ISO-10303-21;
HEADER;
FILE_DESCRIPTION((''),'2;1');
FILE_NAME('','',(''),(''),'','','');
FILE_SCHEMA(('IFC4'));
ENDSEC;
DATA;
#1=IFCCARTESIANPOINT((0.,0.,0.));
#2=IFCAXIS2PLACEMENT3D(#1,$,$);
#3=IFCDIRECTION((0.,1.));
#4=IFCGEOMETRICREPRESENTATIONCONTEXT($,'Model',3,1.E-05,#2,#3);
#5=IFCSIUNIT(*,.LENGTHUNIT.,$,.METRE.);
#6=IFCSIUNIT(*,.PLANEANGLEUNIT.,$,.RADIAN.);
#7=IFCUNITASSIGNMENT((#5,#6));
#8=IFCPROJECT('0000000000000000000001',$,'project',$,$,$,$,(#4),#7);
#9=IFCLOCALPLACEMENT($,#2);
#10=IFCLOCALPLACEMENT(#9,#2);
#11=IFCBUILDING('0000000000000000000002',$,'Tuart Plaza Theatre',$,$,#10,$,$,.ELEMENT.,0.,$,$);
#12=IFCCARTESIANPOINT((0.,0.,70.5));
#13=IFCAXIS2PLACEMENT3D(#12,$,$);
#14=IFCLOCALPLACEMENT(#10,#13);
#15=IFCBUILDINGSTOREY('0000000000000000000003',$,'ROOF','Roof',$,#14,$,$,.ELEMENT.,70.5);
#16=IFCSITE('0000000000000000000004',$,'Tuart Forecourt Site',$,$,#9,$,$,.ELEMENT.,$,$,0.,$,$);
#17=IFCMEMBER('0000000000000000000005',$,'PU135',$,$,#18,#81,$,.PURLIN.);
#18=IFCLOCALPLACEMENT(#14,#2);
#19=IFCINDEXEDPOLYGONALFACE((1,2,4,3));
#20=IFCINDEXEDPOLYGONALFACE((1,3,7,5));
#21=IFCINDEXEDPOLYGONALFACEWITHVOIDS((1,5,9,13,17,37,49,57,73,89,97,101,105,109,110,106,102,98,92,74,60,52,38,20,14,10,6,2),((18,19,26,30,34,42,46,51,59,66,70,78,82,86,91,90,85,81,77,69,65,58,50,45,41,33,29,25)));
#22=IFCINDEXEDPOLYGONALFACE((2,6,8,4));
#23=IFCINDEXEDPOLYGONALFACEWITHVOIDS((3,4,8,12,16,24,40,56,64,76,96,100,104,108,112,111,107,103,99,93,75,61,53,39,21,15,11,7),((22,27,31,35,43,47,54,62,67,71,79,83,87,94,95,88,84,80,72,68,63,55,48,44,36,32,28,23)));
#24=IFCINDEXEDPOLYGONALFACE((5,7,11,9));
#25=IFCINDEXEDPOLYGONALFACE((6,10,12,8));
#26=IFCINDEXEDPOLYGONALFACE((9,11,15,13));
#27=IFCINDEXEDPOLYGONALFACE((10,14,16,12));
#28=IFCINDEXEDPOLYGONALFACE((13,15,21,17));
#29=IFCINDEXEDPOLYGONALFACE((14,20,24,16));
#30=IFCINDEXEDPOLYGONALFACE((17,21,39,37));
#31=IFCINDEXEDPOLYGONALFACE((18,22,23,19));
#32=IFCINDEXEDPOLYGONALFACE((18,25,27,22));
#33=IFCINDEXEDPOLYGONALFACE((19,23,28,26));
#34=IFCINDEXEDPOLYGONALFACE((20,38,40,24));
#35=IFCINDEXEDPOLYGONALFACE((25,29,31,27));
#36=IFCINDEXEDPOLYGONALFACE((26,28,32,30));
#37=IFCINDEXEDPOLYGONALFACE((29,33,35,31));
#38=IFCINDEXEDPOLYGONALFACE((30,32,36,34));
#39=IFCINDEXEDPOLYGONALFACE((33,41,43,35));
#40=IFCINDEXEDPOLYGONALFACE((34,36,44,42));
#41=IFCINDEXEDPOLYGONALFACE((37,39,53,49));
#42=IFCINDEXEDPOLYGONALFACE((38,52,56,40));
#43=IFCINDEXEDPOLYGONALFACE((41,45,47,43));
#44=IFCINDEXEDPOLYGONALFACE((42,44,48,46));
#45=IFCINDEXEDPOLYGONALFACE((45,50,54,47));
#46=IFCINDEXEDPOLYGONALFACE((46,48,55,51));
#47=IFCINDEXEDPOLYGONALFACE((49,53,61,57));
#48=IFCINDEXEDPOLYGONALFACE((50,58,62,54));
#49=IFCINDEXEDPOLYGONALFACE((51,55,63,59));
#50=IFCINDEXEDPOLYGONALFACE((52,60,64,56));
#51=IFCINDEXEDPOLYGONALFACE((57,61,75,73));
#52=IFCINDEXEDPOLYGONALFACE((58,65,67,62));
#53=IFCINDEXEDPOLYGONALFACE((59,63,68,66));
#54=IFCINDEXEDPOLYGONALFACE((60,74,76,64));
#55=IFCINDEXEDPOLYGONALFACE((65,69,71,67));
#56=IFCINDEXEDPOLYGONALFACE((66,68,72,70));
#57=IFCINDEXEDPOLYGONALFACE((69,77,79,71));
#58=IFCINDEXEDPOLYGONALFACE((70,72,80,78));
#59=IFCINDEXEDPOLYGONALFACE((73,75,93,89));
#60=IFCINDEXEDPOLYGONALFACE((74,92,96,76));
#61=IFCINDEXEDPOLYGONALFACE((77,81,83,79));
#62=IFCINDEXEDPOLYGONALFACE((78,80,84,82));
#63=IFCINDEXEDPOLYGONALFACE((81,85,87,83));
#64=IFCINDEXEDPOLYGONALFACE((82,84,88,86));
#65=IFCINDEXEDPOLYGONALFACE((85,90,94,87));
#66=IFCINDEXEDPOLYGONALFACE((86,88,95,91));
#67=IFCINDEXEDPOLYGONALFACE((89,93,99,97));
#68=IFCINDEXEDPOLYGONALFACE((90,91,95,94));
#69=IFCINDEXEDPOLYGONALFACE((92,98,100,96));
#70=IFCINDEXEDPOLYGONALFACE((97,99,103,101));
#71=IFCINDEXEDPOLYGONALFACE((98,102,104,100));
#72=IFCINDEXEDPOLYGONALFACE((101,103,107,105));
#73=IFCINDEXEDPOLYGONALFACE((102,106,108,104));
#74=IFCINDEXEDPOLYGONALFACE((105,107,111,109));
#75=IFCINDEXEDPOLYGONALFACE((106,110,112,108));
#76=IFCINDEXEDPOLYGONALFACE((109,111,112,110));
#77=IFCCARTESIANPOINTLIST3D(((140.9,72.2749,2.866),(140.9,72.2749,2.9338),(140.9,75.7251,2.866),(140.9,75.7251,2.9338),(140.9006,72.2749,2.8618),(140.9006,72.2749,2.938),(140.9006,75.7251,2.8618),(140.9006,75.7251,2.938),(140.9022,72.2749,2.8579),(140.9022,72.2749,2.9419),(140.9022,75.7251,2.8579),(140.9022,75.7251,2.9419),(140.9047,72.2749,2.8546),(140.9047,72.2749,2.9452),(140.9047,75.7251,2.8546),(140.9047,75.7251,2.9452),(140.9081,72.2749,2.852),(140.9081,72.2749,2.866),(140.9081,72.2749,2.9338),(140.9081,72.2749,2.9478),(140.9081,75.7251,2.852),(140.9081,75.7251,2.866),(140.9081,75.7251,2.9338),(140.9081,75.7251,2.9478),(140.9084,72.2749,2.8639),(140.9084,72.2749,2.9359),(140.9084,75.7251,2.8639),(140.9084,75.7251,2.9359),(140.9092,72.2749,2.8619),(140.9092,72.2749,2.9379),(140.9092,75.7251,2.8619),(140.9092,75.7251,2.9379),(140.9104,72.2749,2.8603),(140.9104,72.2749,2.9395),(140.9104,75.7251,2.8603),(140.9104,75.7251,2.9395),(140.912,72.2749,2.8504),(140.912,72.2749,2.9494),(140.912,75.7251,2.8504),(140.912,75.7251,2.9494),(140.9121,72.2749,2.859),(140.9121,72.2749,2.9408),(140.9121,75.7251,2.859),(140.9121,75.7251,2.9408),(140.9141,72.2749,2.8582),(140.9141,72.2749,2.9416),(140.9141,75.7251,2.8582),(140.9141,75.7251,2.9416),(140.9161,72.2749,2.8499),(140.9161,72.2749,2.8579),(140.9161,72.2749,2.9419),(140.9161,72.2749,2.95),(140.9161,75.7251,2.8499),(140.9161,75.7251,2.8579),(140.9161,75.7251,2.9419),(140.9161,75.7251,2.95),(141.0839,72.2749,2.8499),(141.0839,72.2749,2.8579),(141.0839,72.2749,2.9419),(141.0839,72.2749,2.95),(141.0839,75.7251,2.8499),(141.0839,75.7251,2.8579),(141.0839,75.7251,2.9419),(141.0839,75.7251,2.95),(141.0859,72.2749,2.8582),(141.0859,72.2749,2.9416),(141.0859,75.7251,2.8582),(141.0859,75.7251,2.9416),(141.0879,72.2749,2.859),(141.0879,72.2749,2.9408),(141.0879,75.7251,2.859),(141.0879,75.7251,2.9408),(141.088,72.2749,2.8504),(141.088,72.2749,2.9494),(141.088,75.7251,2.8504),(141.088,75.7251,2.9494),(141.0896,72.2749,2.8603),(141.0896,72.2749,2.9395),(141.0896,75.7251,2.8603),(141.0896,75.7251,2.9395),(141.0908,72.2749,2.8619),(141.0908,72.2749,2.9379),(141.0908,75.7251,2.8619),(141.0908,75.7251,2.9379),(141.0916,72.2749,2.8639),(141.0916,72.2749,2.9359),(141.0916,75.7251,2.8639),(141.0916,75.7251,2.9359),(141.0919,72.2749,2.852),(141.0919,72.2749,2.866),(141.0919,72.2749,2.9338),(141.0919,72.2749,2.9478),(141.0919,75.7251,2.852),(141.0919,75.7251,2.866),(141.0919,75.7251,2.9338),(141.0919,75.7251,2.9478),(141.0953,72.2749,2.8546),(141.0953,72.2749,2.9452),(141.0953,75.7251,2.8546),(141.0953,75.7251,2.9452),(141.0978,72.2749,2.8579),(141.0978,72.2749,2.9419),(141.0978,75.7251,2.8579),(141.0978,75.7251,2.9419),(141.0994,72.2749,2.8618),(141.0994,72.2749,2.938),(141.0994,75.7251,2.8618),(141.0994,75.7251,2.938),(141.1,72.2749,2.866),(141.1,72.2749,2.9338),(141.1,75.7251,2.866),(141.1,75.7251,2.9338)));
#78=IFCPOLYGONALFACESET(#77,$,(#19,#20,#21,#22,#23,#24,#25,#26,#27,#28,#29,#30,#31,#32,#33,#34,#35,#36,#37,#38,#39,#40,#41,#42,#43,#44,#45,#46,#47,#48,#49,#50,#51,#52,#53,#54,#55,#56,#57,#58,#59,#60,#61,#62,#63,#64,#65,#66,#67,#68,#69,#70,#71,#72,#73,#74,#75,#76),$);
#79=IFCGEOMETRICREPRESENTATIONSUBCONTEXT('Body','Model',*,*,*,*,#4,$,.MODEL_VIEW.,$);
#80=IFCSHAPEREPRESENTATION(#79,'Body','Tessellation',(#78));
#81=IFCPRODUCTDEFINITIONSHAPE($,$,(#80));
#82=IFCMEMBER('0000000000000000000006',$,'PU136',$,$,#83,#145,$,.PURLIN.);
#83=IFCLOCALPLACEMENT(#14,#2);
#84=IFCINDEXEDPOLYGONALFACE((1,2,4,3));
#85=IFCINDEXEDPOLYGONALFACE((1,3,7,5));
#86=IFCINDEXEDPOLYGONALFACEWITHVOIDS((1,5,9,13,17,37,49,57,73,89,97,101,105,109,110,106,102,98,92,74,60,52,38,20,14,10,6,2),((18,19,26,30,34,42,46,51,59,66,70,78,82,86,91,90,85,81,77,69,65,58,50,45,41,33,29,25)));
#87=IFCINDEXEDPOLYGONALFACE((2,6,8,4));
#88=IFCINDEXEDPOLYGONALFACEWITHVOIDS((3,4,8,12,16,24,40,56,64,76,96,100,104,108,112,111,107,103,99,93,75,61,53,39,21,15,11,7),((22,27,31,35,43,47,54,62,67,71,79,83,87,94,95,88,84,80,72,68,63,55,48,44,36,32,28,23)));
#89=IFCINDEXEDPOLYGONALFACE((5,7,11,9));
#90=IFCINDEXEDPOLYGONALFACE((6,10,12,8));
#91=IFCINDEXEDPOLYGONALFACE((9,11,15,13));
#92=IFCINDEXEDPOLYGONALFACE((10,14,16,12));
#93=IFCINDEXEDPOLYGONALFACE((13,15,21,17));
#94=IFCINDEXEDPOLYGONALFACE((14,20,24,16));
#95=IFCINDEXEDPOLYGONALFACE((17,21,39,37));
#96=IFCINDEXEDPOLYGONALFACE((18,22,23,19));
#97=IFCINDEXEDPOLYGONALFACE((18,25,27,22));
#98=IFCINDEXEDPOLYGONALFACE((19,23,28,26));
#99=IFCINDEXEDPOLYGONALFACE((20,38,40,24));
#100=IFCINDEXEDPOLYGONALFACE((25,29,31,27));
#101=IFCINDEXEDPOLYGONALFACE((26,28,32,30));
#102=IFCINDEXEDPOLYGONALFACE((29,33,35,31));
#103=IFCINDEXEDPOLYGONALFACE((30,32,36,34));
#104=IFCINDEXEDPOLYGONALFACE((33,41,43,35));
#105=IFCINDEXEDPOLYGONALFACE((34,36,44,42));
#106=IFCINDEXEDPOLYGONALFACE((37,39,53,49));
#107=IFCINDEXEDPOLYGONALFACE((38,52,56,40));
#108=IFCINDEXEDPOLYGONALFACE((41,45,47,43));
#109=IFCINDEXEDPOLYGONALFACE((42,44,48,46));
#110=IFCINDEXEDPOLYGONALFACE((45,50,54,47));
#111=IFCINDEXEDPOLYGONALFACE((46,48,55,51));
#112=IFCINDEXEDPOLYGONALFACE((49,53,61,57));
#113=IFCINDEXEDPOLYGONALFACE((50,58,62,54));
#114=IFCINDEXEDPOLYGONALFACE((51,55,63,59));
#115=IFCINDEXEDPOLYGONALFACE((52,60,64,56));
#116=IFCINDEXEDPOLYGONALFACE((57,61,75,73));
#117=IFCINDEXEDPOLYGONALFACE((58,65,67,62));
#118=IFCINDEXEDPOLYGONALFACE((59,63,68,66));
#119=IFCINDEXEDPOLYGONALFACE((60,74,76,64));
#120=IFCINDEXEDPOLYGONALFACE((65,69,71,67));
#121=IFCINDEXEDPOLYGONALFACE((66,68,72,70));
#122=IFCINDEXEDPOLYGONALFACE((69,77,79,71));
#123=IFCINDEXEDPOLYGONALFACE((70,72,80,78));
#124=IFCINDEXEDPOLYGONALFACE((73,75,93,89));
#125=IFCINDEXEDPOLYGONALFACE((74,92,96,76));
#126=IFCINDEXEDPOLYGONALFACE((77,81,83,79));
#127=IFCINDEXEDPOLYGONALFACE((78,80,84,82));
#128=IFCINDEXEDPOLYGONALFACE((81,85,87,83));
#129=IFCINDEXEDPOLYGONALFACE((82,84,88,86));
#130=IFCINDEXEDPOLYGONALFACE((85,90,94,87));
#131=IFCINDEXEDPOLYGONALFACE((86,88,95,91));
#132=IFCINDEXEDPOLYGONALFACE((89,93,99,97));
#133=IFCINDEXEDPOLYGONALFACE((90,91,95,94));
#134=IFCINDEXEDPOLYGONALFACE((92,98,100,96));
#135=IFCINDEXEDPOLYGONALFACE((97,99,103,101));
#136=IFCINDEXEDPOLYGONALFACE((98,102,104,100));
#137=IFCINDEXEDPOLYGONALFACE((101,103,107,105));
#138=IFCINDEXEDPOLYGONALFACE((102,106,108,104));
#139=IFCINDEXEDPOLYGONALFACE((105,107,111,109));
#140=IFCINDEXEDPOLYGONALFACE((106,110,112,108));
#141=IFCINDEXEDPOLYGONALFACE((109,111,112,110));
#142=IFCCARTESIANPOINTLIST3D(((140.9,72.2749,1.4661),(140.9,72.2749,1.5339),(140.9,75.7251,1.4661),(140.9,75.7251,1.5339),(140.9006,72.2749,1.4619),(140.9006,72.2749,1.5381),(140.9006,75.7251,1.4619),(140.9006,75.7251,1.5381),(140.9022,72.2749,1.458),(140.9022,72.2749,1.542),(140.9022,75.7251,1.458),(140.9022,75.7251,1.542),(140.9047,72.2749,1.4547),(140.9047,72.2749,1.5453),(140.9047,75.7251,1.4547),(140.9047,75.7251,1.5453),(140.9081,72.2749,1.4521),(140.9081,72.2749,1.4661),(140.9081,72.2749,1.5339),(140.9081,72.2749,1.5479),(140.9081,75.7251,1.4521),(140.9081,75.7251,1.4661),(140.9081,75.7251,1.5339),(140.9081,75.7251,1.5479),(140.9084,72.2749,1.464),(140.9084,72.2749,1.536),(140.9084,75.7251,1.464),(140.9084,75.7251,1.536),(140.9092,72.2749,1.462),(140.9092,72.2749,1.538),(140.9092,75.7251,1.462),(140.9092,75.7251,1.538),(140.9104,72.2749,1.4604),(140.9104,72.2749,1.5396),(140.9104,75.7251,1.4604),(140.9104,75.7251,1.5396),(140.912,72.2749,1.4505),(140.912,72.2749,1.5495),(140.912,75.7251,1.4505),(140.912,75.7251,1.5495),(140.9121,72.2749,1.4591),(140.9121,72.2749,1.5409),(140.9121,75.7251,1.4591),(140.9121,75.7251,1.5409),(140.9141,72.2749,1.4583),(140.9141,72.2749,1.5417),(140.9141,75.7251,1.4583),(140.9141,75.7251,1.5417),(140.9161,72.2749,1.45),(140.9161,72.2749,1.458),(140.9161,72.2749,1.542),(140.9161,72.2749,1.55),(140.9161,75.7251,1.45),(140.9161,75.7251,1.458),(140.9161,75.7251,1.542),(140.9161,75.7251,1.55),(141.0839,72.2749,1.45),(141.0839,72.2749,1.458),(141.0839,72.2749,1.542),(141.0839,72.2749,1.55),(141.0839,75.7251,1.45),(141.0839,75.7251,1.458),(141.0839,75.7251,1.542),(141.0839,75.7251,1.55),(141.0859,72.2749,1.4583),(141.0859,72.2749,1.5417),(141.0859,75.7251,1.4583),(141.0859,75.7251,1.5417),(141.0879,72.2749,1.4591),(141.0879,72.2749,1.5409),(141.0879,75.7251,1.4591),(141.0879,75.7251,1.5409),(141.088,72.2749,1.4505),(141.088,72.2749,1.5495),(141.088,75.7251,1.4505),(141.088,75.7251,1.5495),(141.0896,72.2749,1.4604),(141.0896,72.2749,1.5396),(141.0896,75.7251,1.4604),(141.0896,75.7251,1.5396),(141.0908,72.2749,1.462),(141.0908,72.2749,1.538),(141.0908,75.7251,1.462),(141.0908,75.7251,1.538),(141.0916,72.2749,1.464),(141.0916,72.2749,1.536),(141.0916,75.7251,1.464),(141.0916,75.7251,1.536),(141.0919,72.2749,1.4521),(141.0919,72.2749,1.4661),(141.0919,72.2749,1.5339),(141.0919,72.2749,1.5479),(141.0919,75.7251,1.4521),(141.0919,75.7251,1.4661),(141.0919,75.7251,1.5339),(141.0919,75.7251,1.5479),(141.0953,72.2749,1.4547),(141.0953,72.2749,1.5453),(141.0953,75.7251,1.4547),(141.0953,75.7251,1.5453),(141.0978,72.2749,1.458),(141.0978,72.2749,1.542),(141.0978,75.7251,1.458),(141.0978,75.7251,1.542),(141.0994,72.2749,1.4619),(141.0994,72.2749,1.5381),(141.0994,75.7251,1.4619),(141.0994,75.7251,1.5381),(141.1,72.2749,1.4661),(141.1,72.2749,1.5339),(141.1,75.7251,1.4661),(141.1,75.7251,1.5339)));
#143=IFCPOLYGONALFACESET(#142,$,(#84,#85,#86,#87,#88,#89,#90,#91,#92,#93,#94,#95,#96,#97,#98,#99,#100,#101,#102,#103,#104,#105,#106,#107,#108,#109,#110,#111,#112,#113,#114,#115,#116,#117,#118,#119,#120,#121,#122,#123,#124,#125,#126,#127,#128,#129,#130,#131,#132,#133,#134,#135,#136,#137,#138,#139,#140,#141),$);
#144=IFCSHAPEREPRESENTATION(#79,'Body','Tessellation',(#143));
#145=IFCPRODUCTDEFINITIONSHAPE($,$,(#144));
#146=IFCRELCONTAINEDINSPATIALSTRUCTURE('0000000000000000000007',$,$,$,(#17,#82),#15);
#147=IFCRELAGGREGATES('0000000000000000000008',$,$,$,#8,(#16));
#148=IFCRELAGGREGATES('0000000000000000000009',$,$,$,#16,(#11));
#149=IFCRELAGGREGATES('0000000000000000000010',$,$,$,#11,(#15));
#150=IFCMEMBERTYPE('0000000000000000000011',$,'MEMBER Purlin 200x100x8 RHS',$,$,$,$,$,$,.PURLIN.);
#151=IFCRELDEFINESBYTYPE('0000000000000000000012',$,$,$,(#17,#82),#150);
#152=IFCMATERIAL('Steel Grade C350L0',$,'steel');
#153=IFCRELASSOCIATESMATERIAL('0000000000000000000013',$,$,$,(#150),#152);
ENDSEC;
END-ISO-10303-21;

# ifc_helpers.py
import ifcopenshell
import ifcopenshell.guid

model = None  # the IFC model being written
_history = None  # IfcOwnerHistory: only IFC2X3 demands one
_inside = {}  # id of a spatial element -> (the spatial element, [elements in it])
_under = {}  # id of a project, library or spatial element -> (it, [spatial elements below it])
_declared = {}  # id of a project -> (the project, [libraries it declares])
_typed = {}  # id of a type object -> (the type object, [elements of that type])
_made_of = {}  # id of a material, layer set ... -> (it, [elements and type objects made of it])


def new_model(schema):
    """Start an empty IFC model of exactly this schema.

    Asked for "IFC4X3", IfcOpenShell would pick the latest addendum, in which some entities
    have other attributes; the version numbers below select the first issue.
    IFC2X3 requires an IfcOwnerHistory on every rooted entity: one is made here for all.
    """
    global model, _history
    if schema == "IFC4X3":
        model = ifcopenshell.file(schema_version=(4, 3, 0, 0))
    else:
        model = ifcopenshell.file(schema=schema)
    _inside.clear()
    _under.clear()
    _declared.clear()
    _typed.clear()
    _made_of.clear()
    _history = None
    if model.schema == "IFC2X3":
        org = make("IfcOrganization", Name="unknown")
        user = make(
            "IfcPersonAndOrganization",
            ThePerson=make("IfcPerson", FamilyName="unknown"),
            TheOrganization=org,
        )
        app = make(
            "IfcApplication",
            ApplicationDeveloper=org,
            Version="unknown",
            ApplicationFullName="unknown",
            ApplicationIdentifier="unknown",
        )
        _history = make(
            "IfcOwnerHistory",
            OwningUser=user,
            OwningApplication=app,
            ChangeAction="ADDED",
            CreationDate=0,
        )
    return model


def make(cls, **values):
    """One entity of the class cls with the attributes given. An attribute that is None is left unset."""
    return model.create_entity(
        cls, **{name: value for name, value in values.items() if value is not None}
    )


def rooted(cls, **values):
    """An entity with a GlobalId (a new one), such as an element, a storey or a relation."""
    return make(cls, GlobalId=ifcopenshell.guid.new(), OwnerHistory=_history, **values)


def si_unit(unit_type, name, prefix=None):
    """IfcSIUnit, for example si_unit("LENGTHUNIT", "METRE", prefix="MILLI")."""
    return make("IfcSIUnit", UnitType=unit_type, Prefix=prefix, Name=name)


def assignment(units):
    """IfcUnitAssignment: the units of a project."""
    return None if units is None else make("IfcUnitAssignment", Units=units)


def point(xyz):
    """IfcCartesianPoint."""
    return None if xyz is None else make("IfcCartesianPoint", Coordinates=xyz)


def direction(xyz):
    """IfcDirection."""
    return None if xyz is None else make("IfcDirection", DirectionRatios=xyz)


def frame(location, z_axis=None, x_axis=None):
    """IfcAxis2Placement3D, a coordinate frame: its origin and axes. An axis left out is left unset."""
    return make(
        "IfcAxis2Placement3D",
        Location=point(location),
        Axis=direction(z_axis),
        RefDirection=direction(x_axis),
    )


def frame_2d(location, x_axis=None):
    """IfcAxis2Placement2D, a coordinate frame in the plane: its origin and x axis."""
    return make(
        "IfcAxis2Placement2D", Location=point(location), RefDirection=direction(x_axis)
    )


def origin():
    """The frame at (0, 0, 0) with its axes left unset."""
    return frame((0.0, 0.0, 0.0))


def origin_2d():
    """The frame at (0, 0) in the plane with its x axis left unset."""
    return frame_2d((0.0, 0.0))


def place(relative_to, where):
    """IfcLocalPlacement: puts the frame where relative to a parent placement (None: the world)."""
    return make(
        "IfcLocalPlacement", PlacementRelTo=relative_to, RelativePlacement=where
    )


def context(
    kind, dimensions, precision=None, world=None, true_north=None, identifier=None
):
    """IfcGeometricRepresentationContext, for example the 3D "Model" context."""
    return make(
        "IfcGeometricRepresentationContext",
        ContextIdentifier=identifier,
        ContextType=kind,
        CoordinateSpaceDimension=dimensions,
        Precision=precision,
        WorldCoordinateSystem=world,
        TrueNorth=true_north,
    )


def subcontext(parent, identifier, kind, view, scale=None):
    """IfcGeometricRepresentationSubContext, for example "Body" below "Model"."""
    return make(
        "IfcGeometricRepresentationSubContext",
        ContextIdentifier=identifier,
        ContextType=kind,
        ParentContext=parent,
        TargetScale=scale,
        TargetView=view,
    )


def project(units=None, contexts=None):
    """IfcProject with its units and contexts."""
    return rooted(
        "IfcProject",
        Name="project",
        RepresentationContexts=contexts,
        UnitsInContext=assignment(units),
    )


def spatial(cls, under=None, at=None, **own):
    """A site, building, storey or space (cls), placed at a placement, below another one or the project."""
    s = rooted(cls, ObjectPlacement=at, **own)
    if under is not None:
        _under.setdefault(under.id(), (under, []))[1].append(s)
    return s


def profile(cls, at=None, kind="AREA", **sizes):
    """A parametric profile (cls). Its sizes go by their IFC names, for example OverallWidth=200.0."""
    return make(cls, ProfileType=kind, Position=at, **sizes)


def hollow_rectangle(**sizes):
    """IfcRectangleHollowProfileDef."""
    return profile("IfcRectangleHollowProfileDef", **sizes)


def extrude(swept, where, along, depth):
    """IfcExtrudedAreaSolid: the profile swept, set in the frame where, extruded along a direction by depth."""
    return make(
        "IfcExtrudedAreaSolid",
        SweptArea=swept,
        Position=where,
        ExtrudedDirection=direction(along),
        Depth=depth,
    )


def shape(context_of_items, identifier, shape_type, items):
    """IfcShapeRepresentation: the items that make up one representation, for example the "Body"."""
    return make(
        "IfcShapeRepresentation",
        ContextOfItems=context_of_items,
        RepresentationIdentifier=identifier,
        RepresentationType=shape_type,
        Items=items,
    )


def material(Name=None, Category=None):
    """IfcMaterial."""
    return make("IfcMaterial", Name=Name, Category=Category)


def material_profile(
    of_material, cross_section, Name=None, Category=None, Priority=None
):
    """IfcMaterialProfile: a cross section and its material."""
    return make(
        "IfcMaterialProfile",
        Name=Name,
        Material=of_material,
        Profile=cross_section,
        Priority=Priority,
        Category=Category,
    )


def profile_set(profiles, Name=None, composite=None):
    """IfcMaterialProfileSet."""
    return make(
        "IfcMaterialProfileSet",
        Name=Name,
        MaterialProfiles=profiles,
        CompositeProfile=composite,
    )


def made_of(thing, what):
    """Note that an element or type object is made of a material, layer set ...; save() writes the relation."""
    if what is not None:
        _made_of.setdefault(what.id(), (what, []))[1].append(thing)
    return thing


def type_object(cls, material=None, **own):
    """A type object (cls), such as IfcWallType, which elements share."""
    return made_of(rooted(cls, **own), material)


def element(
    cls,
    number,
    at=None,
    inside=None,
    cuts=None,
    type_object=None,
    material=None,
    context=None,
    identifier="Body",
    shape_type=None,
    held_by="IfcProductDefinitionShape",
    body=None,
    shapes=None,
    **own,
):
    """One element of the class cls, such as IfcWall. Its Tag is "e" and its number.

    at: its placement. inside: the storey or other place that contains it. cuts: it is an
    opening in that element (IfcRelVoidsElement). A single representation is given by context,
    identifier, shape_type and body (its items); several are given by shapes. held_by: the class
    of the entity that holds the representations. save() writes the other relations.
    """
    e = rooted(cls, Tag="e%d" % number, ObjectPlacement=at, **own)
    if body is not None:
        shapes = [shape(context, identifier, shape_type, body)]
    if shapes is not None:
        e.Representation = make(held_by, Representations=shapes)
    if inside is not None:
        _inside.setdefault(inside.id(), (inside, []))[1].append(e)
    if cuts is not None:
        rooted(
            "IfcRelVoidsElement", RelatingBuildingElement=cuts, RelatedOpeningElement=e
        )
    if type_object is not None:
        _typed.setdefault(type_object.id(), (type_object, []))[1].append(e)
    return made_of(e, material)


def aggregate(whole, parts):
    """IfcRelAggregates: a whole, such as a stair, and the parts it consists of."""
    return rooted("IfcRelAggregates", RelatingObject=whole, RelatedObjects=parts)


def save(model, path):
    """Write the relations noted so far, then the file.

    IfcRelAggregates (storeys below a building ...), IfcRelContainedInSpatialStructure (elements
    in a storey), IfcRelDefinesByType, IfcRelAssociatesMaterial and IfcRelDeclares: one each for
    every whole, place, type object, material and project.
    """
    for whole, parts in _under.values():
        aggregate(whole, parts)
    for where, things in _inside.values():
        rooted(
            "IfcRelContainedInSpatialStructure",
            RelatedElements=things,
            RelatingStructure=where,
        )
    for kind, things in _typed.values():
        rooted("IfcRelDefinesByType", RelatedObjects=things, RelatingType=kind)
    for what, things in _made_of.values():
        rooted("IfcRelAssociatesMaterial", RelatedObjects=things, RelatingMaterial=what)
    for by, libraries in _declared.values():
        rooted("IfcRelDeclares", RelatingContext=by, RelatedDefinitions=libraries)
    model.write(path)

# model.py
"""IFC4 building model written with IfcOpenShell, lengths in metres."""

from ifc_helpers import new_model, si_unit, direction, frame, origin, origin_2d, place, context, subcontext, project, spatial, hollow_rectangle, extrude, material, material_profile, profile_set, type_object, element, save


model = new_model("IFC4")

# Units and contexts
model_context = context("Model", 3, precision=1e-05, world=origin(), true_north=direction((0.0, 1.0)))
body_context = subcontext(model_context, "Body", "Model", "MODEL_VIEW")
ifc_project = project(units=[si_unit("LENGTHUNIT", "METRE"), si_unit("PLANEANGLEUNIT", "RADIAN")], contexts=[model_context])

# Site, building, storey
site_placement = place(None, origin())
site = spatial("IfcSite", under=ifc_project, at=site_placement, Name="Tuart Forecourt Site", CompositionType="ELEMENT", RefElevation=0.0)
building_placement = place(site_placement, origin())
building = spatial("IfcBuilding", under=site, at=building_placement, Name="Tuart Plaza Theatre", CompositionType="ELEMENT", ElevationOfRefHeight=0.0)
storey_placement = place(building_placement, frame((0.0, 0.0, 70.5)))
storey = spatial("IfcBuildingStorey", under=building, at=storey_placement, Name="ROOF", Description="Roof", CompositionType="ELEMENT", Elevation=70.5)

# Members
ifc_material_1 = material(Name="Steel Grade C350L0", Category="steel")
ifc_material_profile_1 = material_profile(ifc_material_1, hollow_rectangle(XDim=0.1001, YDim=0.2, WallThickness=0.0081, InnerFilletRadius=0.0081, OuterFilletRadius=0.0161, at=origin_2d()), Name="200x100x8 RHS")
ifc_profile_set_1 = profile_set([ifc_material_profile_1], Name="Steel Grade C350L0")
member_type = type_object("IfcMemberType", Name="MEMBER Purlin 200x100x8 RHS", PredefinedType="PURLIN", material=ifc_profile_set_1)
for number, where, z_axis, x_axis, name in (
    (1, (141.0, 72.2749, 2.8999), (0.0, 1.0, 0.0), (0.0, 0.0, 1.0), "PU135"),
    (2, (141.0, 72.2749, 1.5), (0.0, 1.0, 0.0), (0.0, 0.0, 1.0), "PU136"),
):
    element("IfcMember", number, at=place(storey_placement, frame(where, z_axis=z_axis, x_axis=x_axis)), inside=storey, type_object=member_type, Name=name, PredefinedType="PURLIN", context=body_context, shape_type="SweptSolid", body=[
        extrude(hollow_rectangle(XDim=0.1001, YDim=0.2, WallThickness=0.0081, InnerFilletRadius=0.0081, OuterFilletRadius=0.0161, at=origin_2d()), origin(), (0.0, 0.0, 1.0), 3.4502),
    ])

save(model, "model.ifc")
